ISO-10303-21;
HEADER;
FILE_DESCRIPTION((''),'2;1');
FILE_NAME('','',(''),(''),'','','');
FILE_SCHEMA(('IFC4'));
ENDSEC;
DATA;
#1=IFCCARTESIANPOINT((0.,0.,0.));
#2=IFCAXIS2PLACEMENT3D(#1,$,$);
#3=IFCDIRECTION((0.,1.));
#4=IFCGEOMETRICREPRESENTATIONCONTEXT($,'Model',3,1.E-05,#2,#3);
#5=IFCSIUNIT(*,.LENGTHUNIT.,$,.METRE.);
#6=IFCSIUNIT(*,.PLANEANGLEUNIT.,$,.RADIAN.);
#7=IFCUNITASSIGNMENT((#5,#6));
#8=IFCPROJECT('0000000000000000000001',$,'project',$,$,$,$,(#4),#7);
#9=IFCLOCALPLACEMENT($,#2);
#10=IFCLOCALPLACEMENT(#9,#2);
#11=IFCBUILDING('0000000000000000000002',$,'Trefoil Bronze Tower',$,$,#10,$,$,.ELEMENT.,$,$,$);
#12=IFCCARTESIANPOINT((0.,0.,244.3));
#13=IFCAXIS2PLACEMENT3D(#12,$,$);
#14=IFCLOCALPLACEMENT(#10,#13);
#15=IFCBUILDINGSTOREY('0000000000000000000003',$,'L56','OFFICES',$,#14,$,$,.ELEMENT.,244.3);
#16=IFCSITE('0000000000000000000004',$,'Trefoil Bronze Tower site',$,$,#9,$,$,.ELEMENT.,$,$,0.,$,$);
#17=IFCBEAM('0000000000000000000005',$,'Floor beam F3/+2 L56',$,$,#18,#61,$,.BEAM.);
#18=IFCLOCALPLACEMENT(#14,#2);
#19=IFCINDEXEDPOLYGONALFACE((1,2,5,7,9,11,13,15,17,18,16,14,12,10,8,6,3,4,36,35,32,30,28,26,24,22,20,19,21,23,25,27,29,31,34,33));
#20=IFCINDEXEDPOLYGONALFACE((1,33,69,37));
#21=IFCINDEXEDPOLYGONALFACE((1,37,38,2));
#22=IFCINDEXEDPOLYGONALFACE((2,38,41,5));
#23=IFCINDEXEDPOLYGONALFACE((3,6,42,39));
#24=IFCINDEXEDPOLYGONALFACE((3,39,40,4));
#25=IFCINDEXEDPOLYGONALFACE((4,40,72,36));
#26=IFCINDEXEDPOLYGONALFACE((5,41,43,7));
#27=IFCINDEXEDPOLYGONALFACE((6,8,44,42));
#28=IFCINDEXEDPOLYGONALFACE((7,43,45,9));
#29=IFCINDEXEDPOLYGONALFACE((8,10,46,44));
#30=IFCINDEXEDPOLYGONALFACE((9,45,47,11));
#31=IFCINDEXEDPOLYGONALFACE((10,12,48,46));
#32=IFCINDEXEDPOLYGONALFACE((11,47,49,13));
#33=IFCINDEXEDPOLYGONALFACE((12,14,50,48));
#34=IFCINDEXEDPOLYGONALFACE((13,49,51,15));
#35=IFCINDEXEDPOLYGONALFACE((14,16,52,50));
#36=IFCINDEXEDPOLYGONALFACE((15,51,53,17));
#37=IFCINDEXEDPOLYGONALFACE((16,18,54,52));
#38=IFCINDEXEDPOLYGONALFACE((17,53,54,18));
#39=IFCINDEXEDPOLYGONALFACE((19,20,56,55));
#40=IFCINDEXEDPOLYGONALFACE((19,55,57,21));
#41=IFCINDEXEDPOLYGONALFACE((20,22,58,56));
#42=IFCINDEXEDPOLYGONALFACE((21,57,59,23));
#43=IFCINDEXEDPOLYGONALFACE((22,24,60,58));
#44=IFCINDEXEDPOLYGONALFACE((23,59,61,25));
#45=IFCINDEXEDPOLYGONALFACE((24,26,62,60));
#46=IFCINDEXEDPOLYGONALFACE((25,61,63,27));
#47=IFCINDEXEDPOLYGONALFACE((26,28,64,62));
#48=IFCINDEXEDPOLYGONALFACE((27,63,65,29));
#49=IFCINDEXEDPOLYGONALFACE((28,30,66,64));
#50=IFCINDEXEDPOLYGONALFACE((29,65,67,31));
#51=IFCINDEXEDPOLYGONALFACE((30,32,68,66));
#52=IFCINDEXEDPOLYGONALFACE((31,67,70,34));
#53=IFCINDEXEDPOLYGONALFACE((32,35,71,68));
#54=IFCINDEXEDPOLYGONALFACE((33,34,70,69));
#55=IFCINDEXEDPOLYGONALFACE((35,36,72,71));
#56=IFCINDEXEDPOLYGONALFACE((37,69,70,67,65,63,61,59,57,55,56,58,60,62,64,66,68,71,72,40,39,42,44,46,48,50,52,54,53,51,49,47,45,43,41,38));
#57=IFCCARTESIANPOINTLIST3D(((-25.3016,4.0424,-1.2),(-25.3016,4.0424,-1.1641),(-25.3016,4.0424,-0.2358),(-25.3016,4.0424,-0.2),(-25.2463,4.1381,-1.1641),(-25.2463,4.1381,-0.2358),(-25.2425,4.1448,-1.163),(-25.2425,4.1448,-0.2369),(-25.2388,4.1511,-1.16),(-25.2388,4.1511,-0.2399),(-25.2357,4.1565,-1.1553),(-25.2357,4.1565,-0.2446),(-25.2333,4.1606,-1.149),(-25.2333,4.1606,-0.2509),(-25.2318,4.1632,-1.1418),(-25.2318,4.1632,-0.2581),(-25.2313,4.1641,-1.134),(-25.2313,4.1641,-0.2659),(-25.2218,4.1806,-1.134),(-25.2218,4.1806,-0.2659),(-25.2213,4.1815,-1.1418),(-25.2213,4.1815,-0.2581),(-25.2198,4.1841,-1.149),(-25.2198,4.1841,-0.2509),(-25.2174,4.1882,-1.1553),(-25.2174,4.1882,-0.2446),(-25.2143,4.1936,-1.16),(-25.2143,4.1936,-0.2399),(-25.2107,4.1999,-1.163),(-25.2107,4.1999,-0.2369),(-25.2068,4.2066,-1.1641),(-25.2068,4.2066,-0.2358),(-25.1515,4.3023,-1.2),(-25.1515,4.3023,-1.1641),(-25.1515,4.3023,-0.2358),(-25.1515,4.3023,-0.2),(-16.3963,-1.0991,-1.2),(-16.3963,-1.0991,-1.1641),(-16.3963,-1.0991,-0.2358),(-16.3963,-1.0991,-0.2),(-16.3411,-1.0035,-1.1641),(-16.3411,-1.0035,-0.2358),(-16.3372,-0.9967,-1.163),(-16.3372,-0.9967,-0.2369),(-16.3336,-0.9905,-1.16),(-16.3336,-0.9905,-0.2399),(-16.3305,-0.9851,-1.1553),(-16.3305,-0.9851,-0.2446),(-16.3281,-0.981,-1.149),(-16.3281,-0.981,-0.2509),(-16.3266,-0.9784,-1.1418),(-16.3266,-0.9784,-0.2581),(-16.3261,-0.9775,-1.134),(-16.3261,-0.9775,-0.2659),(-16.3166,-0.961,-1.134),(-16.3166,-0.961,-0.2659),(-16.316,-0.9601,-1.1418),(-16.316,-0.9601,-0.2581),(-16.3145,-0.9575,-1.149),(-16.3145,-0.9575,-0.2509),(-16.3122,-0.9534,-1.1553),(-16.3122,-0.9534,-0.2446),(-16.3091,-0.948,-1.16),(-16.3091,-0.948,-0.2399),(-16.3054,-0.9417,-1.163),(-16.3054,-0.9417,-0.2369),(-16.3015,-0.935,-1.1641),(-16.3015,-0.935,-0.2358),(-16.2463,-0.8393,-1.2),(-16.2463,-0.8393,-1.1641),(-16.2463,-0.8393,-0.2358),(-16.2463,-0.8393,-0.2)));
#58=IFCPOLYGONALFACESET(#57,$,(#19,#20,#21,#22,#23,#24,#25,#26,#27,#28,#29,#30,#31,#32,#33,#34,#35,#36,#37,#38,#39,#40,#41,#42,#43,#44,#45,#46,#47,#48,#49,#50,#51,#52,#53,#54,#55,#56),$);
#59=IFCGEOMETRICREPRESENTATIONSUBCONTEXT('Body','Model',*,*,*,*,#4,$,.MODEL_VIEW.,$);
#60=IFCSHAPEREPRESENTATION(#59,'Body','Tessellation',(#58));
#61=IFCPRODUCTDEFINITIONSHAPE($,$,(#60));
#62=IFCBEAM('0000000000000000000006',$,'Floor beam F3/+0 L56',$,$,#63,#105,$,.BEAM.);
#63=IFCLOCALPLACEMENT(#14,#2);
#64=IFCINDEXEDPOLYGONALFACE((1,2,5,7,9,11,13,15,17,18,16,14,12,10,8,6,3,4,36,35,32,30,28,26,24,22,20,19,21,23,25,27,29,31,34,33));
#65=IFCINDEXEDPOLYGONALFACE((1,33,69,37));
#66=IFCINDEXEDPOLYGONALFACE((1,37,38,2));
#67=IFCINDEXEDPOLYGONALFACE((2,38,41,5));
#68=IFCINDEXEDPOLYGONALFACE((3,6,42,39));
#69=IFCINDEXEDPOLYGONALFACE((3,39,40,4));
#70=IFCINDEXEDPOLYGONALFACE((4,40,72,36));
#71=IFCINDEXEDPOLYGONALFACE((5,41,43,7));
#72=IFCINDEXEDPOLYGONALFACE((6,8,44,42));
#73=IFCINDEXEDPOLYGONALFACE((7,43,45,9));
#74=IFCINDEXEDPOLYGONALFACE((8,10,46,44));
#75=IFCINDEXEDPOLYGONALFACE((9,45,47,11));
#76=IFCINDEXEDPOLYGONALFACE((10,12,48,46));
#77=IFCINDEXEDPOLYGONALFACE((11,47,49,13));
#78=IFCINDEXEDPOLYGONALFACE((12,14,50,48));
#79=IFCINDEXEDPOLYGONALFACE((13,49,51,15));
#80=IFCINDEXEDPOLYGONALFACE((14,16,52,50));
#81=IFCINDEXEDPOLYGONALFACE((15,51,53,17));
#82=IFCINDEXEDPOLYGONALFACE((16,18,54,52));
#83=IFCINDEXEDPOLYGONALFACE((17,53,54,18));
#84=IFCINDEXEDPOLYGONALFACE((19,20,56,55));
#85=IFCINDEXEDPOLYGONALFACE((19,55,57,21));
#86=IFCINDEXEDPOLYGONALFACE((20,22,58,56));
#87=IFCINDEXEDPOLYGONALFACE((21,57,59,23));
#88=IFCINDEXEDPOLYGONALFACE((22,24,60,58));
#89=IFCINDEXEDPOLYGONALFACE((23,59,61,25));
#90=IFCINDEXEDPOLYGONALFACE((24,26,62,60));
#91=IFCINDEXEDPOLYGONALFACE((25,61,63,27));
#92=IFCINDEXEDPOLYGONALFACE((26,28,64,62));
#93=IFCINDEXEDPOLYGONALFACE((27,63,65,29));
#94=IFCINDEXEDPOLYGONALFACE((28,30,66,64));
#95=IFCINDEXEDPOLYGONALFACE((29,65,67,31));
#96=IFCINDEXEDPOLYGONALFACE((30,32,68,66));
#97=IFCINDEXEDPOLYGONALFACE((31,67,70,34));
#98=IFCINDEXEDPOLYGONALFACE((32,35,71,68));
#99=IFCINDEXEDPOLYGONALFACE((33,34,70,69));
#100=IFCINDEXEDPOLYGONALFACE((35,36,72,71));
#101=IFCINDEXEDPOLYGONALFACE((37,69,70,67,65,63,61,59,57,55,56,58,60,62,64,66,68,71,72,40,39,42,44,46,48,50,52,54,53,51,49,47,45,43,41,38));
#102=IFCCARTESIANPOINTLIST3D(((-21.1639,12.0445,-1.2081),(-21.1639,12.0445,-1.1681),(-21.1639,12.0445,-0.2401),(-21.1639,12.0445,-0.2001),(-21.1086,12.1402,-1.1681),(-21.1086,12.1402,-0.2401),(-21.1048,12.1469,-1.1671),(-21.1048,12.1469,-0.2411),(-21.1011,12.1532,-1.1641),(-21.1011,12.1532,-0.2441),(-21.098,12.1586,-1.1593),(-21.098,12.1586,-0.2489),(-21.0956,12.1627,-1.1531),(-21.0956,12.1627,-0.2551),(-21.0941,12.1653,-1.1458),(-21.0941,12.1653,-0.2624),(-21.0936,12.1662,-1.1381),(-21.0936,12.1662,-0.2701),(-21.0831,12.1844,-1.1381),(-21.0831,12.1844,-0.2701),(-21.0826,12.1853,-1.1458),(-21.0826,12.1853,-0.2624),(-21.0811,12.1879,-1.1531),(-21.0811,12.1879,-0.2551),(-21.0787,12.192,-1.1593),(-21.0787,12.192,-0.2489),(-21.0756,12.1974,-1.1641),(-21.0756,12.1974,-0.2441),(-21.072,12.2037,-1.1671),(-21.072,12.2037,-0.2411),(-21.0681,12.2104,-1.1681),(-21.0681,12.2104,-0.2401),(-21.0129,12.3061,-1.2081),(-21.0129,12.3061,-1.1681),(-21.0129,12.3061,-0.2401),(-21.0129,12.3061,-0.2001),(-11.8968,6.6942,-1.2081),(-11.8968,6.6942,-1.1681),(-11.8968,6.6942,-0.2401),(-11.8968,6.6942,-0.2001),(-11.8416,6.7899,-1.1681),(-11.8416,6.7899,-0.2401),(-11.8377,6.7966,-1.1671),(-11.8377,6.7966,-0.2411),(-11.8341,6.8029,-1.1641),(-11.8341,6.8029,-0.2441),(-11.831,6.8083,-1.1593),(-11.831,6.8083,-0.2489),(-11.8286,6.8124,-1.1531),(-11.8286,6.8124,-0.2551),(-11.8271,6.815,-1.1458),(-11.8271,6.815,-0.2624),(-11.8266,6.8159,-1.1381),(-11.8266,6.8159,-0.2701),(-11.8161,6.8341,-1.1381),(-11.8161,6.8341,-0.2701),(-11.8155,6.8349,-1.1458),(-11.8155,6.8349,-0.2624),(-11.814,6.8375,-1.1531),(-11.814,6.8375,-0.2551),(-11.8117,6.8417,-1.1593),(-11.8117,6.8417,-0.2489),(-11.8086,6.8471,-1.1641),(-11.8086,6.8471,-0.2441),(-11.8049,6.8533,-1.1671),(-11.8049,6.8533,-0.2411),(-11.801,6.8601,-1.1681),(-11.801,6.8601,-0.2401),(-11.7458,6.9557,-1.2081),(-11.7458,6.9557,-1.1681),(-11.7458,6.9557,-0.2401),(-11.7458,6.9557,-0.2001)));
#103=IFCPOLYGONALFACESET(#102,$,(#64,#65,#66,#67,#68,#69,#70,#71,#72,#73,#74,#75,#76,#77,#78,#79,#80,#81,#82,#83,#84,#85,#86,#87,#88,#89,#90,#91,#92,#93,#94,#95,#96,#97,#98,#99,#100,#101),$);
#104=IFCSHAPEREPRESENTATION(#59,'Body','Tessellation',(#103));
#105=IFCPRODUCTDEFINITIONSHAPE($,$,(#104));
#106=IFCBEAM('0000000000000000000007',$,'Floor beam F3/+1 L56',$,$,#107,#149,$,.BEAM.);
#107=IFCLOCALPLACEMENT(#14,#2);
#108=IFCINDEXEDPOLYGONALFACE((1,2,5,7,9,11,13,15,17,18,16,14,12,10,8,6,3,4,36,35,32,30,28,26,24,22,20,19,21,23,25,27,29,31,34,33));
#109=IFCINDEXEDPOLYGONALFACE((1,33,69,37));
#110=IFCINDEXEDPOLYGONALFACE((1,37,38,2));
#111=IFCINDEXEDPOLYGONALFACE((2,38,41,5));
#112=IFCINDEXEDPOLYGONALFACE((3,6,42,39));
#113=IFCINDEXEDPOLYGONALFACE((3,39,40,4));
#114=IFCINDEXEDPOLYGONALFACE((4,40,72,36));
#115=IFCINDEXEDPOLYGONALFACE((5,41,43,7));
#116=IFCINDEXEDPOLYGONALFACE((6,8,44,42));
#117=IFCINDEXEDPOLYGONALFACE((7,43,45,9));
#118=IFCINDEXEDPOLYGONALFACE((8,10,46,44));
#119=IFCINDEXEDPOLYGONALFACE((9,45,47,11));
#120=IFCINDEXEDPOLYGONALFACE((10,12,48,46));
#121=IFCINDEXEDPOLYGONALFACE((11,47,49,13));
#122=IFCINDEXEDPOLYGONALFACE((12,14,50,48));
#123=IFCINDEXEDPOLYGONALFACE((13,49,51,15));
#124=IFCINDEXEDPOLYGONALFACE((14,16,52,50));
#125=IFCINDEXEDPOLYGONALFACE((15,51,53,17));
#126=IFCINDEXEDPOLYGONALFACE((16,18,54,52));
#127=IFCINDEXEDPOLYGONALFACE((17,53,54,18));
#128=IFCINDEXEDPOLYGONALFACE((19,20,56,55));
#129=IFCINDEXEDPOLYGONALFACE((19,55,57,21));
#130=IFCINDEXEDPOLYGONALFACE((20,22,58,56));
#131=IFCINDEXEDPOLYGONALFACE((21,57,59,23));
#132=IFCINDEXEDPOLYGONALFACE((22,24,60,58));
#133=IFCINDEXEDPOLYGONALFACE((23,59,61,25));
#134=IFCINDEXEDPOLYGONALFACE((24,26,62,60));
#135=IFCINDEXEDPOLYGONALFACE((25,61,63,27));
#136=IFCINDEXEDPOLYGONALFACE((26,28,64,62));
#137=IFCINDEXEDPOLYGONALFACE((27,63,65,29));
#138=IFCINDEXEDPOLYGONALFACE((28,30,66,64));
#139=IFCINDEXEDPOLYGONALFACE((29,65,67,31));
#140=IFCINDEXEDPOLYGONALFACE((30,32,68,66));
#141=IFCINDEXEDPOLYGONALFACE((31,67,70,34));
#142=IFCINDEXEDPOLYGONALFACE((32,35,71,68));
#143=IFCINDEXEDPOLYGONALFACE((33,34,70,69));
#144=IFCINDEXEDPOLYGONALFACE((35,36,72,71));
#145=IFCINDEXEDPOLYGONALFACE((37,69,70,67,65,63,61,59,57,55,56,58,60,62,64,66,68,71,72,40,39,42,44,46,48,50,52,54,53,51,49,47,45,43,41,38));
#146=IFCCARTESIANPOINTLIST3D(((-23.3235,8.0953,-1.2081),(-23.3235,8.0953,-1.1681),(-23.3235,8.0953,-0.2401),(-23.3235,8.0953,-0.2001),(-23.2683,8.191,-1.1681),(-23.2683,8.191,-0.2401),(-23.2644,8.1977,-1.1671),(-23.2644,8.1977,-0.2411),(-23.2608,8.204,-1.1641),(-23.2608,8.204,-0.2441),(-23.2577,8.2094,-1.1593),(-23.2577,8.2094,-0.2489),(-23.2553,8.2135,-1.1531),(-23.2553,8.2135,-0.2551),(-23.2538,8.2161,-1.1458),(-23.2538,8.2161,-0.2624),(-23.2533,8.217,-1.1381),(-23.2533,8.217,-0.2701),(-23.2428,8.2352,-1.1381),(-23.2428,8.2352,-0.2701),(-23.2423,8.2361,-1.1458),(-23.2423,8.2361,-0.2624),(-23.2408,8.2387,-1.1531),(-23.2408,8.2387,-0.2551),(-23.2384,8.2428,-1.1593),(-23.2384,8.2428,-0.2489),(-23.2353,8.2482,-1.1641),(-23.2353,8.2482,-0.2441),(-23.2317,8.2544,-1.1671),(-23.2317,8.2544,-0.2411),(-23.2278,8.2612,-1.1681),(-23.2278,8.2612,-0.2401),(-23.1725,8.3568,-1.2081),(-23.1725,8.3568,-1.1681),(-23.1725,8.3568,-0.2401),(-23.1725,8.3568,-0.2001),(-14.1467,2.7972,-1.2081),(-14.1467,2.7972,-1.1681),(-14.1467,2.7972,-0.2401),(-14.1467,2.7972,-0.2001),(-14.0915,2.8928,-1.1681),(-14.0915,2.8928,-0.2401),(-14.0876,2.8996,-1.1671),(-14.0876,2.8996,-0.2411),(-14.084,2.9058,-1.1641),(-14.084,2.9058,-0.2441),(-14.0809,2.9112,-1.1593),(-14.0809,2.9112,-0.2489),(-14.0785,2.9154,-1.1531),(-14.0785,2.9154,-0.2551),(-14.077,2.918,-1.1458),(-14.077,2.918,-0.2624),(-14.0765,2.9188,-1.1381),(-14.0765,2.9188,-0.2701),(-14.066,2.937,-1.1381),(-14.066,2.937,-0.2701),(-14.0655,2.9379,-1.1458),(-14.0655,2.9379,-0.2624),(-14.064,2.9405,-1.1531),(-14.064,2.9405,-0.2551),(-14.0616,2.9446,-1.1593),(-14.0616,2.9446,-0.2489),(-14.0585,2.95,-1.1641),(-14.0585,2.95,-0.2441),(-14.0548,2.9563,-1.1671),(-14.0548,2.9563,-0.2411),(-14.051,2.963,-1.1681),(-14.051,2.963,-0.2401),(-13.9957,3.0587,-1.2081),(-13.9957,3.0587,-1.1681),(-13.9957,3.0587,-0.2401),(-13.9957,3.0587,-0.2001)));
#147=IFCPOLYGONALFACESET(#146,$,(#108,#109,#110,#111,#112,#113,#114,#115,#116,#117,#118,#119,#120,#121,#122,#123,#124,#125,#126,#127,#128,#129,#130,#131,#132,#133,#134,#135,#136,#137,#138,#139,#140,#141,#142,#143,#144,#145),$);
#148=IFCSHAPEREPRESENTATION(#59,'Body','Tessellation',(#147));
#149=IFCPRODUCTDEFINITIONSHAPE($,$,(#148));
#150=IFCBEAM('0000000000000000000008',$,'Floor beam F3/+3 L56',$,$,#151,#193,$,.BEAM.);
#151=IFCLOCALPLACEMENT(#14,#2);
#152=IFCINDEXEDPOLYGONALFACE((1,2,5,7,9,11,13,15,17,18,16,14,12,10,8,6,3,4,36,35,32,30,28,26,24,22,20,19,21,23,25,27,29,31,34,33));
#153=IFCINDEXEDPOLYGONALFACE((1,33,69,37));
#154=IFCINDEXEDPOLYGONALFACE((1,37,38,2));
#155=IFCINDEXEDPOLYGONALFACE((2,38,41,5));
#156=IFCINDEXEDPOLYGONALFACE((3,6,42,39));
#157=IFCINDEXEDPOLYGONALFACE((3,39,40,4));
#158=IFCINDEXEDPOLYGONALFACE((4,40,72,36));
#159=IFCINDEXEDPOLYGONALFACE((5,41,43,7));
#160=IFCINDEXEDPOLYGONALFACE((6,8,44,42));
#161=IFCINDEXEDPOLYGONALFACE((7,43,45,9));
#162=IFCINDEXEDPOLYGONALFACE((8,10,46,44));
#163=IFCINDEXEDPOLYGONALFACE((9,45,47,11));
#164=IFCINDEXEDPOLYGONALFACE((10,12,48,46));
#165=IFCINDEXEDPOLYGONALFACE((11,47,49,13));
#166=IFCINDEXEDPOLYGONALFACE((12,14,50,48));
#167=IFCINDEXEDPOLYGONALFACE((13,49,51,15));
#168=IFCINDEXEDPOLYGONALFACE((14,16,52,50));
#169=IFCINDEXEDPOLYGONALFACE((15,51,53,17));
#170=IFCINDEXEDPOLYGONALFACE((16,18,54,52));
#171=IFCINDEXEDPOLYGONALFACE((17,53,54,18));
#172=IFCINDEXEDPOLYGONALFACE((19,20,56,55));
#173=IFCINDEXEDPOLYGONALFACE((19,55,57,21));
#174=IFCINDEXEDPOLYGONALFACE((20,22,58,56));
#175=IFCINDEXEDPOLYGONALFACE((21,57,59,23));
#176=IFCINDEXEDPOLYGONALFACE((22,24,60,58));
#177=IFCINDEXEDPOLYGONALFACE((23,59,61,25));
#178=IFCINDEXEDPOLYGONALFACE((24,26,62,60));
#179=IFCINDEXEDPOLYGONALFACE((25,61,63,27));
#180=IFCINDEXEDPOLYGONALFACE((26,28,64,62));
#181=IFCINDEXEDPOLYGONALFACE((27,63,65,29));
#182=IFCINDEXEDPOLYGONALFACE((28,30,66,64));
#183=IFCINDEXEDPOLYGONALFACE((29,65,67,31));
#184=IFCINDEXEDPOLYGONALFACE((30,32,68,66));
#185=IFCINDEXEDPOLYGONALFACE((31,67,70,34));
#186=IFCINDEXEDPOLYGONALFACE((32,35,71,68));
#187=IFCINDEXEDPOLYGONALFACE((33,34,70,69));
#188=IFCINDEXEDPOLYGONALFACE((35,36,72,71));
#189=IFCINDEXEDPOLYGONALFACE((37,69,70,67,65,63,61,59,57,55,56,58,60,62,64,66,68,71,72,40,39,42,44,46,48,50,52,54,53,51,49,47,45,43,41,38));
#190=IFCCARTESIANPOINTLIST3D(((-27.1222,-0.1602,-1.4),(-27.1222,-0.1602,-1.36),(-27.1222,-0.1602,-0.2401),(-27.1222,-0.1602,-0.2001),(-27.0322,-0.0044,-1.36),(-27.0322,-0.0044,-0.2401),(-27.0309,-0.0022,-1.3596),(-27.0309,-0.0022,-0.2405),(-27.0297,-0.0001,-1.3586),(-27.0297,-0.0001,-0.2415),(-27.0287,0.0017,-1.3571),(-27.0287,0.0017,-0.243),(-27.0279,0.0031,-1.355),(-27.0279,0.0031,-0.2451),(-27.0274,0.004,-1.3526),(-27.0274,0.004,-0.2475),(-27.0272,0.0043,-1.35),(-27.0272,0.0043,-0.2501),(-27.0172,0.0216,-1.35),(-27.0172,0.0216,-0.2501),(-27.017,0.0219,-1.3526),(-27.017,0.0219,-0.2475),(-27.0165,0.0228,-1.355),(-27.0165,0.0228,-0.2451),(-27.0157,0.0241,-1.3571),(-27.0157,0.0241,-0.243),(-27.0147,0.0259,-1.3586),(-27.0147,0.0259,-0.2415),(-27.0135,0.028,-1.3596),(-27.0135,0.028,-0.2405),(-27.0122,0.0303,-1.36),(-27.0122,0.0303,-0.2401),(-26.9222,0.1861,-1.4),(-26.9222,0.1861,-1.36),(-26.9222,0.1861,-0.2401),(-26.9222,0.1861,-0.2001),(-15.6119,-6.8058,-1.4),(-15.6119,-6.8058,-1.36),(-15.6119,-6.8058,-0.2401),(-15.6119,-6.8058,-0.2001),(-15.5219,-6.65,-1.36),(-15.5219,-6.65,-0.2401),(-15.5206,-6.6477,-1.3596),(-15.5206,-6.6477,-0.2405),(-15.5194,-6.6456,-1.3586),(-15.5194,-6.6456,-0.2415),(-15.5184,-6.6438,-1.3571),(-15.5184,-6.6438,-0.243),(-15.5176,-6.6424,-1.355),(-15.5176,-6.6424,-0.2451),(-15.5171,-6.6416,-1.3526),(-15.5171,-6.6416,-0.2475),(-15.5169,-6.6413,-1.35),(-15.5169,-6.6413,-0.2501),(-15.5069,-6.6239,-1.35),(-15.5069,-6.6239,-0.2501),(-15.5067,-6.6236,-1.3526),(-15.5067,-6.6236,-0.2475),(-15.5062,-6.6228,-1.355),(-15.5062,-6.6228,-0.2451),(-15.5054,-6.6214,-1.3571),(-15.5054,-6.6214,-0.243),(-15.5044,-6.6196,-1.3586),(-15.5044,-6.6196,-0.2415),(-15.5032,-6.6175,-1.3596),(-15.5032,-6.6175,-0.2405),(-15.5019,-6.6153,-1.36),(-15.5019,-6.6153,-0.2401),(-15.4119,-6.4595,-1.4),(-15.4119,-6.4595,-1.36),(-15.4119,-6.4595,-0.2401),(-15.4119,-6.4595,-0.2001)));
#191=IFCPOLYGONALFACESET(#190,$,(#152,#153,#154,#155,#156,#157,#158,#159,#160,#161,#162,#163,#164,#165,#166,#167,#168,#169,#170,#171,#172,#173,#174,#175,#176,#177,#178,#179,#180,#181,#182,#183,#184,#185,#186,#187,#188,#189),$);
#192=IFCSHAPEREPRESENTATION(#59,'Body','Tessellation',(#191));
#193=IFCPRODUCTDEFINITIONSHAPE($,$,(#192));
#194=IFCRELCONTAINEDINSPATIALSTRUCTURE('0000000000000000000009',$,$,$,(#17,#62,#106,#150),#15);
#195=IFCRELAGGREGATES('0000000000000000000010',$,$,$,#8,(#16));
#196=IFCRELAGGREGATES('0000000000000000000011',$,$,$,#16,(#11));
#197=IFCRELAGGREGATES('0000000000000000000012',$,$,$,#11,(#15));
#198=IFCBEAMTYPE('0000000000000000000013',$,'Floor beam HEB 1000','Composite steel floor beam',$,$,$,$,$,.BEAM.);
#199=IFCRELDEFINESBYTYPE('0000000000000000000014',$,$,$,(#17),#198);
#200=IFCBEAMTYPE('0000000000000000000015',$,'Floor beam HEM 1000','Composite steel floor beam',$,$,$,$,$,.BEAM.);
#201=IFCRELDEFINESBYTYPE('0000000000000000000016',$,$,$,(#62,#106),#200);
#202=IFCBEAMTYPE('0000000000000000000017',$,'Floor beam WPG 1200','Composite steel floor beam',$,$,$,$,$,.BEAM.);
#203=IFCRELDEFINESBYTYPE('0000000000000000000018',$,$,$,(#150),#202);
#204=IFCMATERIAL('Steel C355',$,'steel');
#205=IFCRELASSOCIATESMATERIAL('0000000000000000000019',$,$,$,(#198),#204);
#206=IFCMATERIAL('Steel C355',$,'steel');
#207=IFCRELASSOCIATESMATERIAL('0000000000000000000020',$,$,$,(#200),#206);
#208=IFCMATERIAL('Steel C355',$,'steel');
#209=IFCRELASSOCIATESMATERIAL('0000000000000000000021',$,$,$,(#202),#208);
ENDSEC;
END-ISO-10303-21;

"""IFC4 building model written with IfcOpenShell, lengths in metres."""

from ifc_helpers import new_model, si_unit, direction, frame, origin, origin_2d, place, context, subcontext, project, spatial, i_section, extrude, material, material_profile, profile_set, type_object, element, save


model = new_model("IFC4")

# Units and contexts
model_context = context("Model", 3, precision=1e-05, world=origin(), true_north=direction((0.0, 1.0)))
body_context = subcontext(model_context, "Body", "Model", "MODEL_VIEW")
ifc_project = project(units=[si_unit("LENGTHUNIT", "METRE"), si_unit("PLANEANGLEUNIT", "RADIAN")], contexts=[model_context])

# Site, building, storey
site_placement = place(None, origin())
site = spatial("IfcSite", under=ifc_project, at=site_placement, Name="Trefoil Bronze Tower site", CompositionType="ELEMENT", RefElevation=0.0)
building_placement = place(site_placement, origin())
building = spatial("IfcBuilding", under=site, at=building_placement, Name="Trefoil Bronze Tower", CompositionType="ELEMENT")
storey_placement = place(building_placement, frame((0.0, 0.0, 244.3)))
storey = spatial("IfcBuildingStorey", under=building, at=storey_placement, Name="L56", Description="OFFICES", CompositionType="ELEMENT", Elevation=244.3)

# Beams
ifc_material_1 = material(Name="Steel C355", Category="steel")
ifc_material_profile_1 = material_profile(ifc_material_1, i_section(OverallWidth=0.3, OverallDepth=1.0, WebThickness=0.019, FlangeThickness=0.0359, FilletRadius=0.03, at=origin_2d()), Name="HEB 1000")
ifc_profile_set_1 = profile_set([ifc_material_profile_1], Name="Steel C355")
beam_type_1 = type_object("IfcBeamType", Name="Floor beam HEB 1000", Description="Composite steel floor beam", PredefinedType="BEAM", material=ifc_profile_set_1)
beam_1_placement = place(storey_placement, frame((-25.2266, 4.1724, -0.7), z_axis=(0.86602, -0.50001, 0.0), x_axis=(0.50001, 0.86602, 0.0)))
element("IfcBeam", 1, at=beam_1_placement, inside=storey, type_object=beam_type_1, Name="Floor beam F3/+2 L56", PredefinedType="BEAM", context=body_context, shape_type="SweptSolid", body=[
    extrude(i_section(OverallWidth=0.3, OverallDepth=1.0, WebThickness=0.019, FlangeThickness=0.0359, FilletRadius=0.03, at=origin_2d()), origin(), (0.0, 0.0, 1.0), 10.283),
])
ifc_material_2 = material(Name="Steel C355", Category="steel")
ifc_material_profile_2 = material_profile(ifc_material_2, i_section(OverallWidth=0.302, OverallDepth=1.0081, WebThickness=0.021, FlangeThickness=0.04, FilletRadius=0.03, at=origin_2d()), Name="HEM 1000")
ifc_profile_set_2 = profile_set([ifc_material_profile_2], Name="Steel C355")
beam_type_2 = type_object("IfcBeamType", Name="Floor beam HEM 1000", Description="Composite steel floor beam", PredefinedType="BEAM", material=ifc_profile_set_2)
beam_2_placement = place(storey_placement, frame((-21.0884, 12.1753, -0.7041), z_axis=(0.866026, -0.499999, 0.0), x_axis=(0.499999, 0.866026, 0.0)))
element("IfcBeam", 2, at=beam_2_placement, inside=storey, type_object=beam_type_2, Name="Floor beam F3/+0 L56", PredefinedType="BEAM", context=body_context, shape_type="SweptSolid", body=[
    extrude(i_section(OverallWidth=0.302, OverallDepth=1.0081, WebThickness=0.021, FlangeThickness=0.04, FilletRadius=0.03, at=origin_2d()), origin(), (0.0, 0.0, 1.0), 10.7007),
])
beam_3_placement = place(storey_placement, frame((-23.248, 8.2261, -0.7041), z_axis=(0.86603, -0.499992, 0.0), x_axis=(0.499992, 0.86603, 0.0)))
element("IfcBeam", 3, at=beam_3_placement, inside=storey, type_object=beam_type_2, Name="Floor beam F3/+1 L56", PredefinedType="BEAM", context=body_context, shape_type="SweptSolid", body=[
    extrude(i_section(OverallWidth=0.302, OverallDepth=1.0081, WebThickness=0.021, FlangeThickness=0.04, FilletRadius=0.03, at=origin_2d()), origin(), (0.0, 0.0, 1.0), 10.5964),
])
ifc_material_3 = material(Name="Steel C355", Category="steel")
ifc_material_profile_3 = material_profile(ifc_material_3, i_section(OverallWidth=0.3999, OverallDepth=1.2, WebThickness=0.02, FlangeThickness=0.04, FilletRadius=0.01, at=origin_2d()), Name="WPG 1200")
ifc_profile_set_3 = profile_set([ifc_material_profile_3], Name="Steel C355")
beam_type_3 = type_object("IfcBeamType", Name="Floor beam WPG 1200", Description="Composite steel floor beam", PredefinedType="BEAM", material=ifc_profile_set_3)
beam_4_placement = place(storey_placement, frame((-27.0222, 0.0129, -0.8), z_axis=(0.866023, -0.500003, 0.0), x_axis=(0.500003, 0.866023, 0.0)))
element("IfcBeam", 4, at=beam_4_placement, inside=storey, type_object=beam_type_3, Name="Floor beam F3/+3 L56", PredefinedType="BEAM", context=body_context, shape_type="SweptSolid", body=[
    extrude(i_section(OverallWidth=0.3999, OverallDepth=1.2, WebThickness=0.02, FlangeThickness=0.04, FilletRadius=0.01, at=origin_2d()), origin(), (0.0, 0.0, 1.0), 13.291),
])

save(model, "model.ifc")
